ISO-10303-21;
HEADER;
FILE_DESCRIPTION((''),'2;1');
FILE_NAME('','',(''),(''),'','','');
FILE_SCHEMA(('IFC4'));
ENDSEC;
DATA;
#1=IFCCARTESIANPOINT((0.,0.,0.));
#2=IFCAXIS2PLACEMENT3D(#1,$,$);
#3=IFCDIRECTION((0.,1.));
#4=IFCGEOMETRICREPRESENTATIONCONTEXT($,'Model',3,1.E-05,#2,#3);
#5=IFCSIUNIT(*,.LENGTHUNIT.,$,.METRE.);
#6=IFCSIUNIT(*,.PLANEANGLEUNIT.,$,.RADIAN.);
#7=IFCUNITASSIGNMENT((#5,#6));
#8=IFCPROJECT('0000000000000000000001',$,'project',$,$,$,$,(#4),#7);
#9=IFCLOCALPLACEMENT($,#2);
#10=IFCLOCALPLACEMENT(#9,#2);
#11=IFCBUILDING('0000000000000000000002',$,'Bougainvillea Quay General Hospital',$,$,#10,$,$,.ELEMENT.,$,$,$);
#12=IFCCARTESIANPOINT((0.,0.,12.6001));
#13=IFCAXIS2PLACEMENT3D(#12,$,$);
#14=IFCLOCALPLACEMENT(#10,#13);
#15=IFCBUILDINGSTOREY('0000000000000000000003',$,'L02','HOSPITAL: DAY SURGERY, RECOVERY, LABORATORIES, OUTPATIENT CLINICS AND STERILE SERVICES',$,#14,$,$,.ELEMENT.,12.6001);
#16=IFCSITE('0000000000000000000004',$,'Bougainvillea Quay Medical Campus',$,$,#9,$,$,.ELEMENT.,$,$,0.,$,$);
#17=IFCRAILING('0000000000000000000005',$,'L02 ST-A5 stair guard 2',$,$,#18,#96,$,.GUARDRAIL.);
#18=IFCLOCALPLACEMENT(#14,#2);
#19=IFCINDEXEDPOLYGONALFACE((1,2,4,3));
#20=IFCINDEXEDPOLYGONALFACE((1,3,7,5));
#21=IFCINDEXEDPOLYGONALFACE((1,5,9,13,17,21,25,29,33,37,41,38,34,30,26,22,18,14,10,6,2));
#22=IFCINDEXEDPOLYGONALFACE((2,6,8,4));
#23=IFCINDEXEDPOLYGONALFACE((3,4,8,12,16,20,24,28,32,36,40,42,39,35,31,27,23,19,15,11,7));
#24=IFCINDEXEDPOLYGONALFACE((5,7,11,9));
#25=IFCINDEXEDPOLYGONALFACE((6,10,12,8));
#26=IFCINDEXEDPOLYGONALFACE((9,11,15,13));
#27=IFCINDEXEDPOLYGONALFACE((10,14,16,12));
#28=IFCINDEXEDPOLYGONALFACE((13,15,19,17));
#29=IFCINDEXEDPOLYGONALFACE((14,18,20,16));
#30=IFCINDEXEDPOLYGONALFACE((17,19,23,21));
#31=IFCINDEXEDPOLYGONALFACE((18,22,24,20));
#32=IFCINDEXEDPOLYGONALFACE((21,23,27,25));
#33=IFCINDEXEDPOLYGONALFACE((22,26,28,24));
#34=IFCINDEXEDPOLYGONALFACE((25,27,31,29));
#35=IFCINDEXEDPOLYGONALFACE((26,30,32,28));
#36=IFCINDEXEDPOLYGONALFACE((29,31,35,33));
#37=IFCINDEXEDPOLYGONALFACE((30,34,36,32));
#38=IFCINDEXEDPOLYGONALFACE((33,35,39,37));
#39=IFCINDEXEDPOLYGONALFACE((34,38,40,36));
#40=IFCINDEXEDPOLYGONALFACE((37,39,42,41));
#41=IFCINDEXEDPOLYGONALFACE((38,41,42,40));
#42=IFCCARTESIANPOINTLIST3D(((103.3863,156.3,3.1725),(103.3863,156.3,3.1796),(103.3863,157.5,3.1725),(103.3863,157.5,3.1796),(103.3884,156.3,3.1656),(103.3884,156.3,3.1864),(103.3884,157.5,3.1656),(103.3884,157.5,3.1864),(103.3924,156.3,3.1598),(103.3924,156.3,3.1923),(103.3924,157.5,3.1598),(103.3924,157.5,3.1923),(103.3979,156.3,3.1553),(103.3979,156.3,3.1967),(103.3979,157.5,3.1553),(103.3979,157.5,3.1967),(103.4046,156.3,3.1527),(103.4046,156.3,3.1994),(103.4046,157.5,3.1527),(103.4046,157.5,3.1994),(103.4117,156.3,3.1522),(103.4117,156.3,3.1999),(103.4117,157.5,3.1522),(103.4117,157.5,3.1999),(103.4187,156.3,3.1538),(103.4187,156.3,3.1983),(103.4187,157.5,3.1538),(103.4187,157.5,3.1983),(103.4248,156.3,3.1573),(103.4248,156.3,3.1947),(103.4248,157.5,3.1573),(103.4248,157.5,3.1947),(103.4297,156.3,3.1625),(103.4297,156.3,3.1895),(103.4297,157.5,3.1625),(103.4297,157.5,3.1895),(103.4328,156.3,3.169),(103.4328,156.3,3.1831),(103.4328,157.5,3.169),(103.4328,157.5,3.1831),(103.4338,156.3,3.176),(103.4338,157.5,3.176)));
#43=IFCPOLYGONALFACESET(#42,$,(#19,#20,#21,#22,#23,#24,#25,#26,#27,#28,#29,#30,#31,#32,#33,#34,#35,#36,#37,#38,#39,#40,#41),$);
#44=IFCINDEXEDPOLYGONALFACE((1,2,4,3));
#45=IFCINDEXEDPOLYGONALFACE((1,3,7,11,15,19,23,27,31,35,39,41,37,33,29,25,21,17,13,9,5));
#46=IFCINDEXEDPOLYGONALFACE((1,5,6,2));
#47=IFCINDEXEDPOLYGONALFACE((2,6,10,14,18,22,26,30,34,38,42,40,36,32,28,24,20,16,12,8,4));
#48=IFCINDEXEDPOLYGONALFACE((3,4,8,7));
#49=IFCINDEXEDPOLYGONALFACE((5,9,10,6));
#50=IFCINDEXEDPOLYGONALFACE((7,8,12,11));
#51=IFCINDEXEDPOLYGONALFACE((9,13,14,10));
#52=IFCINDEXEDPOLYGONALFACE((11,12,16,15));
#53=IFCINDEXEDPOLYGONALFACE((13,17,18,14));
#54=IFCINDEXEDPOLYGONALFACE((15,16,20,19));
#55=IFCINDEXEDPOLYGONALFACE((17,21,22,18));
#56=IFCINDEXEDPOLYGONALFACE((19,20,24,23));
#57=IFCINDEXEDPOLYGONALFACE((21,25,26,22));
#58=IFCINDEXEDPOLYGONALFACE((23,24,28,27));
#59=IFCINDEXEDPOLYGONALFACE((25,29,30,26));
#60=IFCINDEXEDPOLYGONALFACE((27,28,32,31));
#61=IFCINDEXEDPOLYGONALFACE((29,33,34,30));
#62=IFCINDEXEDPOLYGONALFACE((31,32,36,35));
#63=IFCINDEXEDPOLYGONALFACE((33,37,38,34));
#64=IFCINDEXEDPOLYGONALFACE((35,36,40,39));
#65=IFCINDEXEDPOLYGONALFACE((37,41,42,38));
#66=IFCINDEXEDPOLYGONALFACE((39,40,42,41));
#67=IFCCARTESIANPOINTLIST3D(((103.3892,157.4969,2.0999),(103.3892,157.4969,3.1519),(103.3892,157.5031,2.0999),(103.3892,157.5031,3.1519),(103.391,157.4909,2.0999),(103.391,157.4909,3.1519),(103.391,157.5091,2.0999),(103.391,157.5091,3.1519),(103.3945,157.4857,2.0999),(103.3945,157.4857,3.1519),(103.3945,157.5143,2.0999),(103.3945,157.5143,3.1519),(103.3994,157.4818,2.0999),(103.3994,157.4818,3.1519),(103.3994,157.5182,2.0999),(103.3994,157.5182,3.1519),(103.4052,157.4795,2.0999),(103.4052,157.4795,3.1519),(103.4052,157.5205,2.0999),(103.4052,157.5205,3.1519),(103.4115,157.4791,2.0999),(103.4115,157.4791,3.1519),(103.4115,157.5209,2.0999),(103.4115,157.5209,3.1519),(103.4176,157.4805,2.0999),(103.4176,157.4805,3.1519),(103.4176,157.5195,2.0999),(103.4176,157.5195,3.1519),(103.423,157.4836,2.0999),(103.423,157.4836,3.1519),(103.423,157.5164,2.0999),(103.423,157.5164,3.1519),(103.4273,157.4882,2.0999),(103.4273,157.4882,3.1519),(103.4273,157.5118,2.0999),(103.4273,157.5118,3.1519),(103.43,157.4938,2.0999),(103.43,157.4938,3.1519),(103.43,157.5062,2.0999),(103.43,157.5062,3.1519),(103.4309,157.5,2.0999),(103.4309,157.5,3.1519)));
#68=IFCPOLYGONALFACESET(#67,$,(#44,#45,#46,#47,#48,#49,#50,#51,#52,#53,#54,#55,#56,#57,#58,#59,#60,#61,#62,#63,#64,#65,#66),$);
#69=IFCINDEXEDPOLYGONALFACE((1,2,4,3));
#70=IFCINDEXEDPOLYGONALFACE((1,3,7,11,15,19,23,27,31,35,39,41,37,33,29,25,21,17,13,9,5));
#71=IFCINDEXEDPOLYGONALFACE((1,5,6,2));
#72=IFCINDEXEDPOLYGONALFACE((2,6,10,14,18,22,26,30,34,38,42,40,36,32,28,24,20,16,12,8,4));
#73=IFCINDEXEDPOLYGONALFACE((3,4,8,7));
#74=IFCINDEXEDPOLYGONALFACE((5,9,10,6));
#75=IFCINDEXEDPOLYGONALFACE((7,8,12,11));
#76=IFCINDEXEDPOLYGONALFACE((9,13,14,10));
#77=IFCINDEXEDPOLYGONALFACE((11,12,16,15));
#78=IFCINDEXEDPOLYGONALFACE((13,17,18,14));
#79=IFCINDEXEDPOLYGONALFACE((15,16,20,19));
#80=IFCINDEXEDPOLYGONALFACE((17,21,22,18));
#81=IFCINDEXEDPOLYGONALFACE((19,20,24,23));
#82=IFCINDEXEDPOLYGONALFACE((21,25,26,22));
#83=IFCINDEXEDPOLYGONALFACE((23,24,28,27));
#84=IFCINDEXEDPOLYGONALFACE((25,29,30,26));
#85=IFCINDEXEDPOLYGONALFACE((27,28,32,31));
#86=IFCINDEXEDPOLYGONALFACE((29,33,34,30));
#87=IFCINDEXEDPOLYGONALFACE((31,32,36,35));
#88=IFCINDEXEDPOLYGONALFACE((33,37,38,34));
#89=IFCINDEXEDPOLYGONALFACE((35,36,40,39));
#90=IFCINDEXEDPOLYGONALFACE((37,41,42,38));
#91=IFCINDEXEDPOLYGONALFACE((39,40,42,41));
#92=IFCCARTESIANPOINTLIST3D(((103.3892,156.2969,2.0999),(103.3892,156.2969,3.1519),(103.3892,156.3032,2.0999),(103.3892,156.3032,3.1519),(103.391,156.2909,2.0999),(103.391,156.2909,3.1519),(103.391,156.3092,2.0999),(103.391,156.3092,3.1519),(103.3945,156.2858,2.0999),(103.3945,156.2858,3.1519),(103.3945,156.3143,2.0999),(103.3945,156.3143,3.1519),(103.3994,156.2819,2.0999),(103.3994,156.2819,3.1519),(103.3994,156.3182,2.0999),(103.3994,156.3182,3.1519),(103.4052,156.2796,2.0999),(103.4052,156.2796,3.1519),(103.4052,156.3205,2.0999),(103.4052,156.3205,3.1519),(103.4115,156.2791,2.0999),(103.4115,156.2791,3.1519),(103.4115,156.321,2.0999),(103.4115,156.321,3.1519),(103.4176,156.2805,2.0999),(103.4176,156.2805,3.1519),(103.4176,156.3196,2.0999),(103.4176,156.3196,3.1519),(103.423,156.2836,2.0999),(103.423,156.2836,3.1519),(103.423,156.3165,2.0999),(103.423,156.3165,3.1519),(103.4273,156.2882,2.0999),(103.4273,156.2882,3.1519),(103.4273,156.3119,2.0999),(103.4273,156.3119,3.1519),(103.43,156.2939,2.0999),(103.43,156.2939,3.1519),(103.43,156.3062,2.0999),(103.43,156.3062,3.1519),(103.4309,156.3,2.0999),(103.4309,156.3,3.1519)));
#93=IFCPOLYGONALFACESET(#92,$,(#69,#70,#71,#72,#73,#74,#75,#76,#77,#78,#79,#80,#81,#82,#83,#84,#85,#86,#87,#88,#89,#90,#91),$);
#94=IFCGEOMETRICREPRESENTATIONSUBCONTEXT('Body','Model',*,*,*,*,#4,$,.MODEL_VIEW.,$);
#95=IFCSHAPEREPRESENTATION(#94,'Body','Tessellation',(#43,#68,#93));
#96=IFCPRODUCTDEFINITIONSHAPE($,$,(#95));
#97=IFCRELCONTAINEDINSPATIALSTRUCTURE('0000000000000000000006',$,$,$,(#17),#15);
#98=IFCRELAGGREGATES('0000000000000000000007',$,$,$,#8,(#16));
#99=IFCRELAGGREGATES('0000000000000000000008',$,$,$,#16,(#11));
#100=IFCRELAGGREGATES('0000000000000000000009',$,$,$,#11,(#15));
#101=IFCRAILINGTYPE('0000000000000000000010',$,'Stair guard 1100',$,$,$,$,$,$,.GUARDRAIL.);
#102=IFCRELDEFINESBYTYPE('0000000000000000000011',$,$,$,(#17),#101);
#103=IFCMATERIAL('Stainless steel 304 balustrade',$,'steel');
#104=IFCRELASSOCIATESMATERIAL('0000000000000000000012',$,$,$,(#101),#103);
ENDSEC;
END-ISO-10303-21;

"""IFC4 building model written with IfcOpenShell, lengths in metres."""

from ifc_helpers import new_model, si_unit, direction, frame, origin, origin_2d, place, context, subcontext, project, spatial, circle, extrude, material, type_object, element, save


model = new_model("IFC4")

# Units and contexts
model_context = context("Model", 3, precision=1e-05, world=origin(), true_north=direction((0.0, 1.0)))
body_context = subcontext(model_context, "Body", "Model", "MODEL_VIEW")
ifc_project = project(units=[si_unit("LENGTHUNIT", "METRE"), si_unit("PLANEANGLEUNIT", "RADIAN")], contexts=[model_context])

# Site, building, storey
site_placement = place(None, origin())
site = spatial("IfcSite", under=ifc_project, at=site_placement, Name="Bougainvillea Quay Medical Campus", CompositionType="ELEMENT", RefElevation=0.0)
building_placement = place(site_placement, origin())
building = spatial("IfcBuilding", under=site, at=building_placement, Name="Bougainvillea Quay General Hospital", CompositionType="ELEMENT")
storey_placement = place(building_placement, frame((0.0, 0.0, 12.6001)))
storey = spatial("IfcBuildingStorey", under=building, at=storey_placement, Name="L02", Description="HOSPITAL: DAY SURGERY, RECOVERY, LABORATORIES, OUTPATIENT CLINICS AND STERILE SERVICES", CompositionType="ELEMENT", Elevation=12.6001)

# Railing
ifc_material_1 = material(Name="Stainless steel 304 balustrade", Category="steel")
railing_type_1 = type_object("IfcRailingType", Name="Stair guard 1100", PredefinedType="GUARDRAIL", material=ifc_material_1)
railing_1_placement = place(storey_placement, frame((103.4099, 157.5, 2.0999)))
element("IfcRailing", 1, at=railing_1_placement, inside=storey, type_object=railing_type_1, Name="L02 ST-A5 stair guard 2", PredefinedType="GUARDRAIL", context=body_context, shape_type="SweptSolid", body=[
    extrude(circle(Radius=0.0239, at=origin_2d()), frame((0.0, 0.0, 1.0762), z_axis=(0.0, -1.0, 0.0), x_axis=(1.0, 0.0, 0.0)), (0.0, 0.0, 1.0), 1.2),
    extrude(circle(Radius=0.021, at=origin_2d()), origin(), (0.0, 0.0, 1.0), 1.052),
    extrude(circle(Radius=0.021, at=origin_2d()), frame((0.0, -1.2, 0.0)), (0.0, 0.0, 1.0), 1.052),
])

save(model, "model.ifc")
